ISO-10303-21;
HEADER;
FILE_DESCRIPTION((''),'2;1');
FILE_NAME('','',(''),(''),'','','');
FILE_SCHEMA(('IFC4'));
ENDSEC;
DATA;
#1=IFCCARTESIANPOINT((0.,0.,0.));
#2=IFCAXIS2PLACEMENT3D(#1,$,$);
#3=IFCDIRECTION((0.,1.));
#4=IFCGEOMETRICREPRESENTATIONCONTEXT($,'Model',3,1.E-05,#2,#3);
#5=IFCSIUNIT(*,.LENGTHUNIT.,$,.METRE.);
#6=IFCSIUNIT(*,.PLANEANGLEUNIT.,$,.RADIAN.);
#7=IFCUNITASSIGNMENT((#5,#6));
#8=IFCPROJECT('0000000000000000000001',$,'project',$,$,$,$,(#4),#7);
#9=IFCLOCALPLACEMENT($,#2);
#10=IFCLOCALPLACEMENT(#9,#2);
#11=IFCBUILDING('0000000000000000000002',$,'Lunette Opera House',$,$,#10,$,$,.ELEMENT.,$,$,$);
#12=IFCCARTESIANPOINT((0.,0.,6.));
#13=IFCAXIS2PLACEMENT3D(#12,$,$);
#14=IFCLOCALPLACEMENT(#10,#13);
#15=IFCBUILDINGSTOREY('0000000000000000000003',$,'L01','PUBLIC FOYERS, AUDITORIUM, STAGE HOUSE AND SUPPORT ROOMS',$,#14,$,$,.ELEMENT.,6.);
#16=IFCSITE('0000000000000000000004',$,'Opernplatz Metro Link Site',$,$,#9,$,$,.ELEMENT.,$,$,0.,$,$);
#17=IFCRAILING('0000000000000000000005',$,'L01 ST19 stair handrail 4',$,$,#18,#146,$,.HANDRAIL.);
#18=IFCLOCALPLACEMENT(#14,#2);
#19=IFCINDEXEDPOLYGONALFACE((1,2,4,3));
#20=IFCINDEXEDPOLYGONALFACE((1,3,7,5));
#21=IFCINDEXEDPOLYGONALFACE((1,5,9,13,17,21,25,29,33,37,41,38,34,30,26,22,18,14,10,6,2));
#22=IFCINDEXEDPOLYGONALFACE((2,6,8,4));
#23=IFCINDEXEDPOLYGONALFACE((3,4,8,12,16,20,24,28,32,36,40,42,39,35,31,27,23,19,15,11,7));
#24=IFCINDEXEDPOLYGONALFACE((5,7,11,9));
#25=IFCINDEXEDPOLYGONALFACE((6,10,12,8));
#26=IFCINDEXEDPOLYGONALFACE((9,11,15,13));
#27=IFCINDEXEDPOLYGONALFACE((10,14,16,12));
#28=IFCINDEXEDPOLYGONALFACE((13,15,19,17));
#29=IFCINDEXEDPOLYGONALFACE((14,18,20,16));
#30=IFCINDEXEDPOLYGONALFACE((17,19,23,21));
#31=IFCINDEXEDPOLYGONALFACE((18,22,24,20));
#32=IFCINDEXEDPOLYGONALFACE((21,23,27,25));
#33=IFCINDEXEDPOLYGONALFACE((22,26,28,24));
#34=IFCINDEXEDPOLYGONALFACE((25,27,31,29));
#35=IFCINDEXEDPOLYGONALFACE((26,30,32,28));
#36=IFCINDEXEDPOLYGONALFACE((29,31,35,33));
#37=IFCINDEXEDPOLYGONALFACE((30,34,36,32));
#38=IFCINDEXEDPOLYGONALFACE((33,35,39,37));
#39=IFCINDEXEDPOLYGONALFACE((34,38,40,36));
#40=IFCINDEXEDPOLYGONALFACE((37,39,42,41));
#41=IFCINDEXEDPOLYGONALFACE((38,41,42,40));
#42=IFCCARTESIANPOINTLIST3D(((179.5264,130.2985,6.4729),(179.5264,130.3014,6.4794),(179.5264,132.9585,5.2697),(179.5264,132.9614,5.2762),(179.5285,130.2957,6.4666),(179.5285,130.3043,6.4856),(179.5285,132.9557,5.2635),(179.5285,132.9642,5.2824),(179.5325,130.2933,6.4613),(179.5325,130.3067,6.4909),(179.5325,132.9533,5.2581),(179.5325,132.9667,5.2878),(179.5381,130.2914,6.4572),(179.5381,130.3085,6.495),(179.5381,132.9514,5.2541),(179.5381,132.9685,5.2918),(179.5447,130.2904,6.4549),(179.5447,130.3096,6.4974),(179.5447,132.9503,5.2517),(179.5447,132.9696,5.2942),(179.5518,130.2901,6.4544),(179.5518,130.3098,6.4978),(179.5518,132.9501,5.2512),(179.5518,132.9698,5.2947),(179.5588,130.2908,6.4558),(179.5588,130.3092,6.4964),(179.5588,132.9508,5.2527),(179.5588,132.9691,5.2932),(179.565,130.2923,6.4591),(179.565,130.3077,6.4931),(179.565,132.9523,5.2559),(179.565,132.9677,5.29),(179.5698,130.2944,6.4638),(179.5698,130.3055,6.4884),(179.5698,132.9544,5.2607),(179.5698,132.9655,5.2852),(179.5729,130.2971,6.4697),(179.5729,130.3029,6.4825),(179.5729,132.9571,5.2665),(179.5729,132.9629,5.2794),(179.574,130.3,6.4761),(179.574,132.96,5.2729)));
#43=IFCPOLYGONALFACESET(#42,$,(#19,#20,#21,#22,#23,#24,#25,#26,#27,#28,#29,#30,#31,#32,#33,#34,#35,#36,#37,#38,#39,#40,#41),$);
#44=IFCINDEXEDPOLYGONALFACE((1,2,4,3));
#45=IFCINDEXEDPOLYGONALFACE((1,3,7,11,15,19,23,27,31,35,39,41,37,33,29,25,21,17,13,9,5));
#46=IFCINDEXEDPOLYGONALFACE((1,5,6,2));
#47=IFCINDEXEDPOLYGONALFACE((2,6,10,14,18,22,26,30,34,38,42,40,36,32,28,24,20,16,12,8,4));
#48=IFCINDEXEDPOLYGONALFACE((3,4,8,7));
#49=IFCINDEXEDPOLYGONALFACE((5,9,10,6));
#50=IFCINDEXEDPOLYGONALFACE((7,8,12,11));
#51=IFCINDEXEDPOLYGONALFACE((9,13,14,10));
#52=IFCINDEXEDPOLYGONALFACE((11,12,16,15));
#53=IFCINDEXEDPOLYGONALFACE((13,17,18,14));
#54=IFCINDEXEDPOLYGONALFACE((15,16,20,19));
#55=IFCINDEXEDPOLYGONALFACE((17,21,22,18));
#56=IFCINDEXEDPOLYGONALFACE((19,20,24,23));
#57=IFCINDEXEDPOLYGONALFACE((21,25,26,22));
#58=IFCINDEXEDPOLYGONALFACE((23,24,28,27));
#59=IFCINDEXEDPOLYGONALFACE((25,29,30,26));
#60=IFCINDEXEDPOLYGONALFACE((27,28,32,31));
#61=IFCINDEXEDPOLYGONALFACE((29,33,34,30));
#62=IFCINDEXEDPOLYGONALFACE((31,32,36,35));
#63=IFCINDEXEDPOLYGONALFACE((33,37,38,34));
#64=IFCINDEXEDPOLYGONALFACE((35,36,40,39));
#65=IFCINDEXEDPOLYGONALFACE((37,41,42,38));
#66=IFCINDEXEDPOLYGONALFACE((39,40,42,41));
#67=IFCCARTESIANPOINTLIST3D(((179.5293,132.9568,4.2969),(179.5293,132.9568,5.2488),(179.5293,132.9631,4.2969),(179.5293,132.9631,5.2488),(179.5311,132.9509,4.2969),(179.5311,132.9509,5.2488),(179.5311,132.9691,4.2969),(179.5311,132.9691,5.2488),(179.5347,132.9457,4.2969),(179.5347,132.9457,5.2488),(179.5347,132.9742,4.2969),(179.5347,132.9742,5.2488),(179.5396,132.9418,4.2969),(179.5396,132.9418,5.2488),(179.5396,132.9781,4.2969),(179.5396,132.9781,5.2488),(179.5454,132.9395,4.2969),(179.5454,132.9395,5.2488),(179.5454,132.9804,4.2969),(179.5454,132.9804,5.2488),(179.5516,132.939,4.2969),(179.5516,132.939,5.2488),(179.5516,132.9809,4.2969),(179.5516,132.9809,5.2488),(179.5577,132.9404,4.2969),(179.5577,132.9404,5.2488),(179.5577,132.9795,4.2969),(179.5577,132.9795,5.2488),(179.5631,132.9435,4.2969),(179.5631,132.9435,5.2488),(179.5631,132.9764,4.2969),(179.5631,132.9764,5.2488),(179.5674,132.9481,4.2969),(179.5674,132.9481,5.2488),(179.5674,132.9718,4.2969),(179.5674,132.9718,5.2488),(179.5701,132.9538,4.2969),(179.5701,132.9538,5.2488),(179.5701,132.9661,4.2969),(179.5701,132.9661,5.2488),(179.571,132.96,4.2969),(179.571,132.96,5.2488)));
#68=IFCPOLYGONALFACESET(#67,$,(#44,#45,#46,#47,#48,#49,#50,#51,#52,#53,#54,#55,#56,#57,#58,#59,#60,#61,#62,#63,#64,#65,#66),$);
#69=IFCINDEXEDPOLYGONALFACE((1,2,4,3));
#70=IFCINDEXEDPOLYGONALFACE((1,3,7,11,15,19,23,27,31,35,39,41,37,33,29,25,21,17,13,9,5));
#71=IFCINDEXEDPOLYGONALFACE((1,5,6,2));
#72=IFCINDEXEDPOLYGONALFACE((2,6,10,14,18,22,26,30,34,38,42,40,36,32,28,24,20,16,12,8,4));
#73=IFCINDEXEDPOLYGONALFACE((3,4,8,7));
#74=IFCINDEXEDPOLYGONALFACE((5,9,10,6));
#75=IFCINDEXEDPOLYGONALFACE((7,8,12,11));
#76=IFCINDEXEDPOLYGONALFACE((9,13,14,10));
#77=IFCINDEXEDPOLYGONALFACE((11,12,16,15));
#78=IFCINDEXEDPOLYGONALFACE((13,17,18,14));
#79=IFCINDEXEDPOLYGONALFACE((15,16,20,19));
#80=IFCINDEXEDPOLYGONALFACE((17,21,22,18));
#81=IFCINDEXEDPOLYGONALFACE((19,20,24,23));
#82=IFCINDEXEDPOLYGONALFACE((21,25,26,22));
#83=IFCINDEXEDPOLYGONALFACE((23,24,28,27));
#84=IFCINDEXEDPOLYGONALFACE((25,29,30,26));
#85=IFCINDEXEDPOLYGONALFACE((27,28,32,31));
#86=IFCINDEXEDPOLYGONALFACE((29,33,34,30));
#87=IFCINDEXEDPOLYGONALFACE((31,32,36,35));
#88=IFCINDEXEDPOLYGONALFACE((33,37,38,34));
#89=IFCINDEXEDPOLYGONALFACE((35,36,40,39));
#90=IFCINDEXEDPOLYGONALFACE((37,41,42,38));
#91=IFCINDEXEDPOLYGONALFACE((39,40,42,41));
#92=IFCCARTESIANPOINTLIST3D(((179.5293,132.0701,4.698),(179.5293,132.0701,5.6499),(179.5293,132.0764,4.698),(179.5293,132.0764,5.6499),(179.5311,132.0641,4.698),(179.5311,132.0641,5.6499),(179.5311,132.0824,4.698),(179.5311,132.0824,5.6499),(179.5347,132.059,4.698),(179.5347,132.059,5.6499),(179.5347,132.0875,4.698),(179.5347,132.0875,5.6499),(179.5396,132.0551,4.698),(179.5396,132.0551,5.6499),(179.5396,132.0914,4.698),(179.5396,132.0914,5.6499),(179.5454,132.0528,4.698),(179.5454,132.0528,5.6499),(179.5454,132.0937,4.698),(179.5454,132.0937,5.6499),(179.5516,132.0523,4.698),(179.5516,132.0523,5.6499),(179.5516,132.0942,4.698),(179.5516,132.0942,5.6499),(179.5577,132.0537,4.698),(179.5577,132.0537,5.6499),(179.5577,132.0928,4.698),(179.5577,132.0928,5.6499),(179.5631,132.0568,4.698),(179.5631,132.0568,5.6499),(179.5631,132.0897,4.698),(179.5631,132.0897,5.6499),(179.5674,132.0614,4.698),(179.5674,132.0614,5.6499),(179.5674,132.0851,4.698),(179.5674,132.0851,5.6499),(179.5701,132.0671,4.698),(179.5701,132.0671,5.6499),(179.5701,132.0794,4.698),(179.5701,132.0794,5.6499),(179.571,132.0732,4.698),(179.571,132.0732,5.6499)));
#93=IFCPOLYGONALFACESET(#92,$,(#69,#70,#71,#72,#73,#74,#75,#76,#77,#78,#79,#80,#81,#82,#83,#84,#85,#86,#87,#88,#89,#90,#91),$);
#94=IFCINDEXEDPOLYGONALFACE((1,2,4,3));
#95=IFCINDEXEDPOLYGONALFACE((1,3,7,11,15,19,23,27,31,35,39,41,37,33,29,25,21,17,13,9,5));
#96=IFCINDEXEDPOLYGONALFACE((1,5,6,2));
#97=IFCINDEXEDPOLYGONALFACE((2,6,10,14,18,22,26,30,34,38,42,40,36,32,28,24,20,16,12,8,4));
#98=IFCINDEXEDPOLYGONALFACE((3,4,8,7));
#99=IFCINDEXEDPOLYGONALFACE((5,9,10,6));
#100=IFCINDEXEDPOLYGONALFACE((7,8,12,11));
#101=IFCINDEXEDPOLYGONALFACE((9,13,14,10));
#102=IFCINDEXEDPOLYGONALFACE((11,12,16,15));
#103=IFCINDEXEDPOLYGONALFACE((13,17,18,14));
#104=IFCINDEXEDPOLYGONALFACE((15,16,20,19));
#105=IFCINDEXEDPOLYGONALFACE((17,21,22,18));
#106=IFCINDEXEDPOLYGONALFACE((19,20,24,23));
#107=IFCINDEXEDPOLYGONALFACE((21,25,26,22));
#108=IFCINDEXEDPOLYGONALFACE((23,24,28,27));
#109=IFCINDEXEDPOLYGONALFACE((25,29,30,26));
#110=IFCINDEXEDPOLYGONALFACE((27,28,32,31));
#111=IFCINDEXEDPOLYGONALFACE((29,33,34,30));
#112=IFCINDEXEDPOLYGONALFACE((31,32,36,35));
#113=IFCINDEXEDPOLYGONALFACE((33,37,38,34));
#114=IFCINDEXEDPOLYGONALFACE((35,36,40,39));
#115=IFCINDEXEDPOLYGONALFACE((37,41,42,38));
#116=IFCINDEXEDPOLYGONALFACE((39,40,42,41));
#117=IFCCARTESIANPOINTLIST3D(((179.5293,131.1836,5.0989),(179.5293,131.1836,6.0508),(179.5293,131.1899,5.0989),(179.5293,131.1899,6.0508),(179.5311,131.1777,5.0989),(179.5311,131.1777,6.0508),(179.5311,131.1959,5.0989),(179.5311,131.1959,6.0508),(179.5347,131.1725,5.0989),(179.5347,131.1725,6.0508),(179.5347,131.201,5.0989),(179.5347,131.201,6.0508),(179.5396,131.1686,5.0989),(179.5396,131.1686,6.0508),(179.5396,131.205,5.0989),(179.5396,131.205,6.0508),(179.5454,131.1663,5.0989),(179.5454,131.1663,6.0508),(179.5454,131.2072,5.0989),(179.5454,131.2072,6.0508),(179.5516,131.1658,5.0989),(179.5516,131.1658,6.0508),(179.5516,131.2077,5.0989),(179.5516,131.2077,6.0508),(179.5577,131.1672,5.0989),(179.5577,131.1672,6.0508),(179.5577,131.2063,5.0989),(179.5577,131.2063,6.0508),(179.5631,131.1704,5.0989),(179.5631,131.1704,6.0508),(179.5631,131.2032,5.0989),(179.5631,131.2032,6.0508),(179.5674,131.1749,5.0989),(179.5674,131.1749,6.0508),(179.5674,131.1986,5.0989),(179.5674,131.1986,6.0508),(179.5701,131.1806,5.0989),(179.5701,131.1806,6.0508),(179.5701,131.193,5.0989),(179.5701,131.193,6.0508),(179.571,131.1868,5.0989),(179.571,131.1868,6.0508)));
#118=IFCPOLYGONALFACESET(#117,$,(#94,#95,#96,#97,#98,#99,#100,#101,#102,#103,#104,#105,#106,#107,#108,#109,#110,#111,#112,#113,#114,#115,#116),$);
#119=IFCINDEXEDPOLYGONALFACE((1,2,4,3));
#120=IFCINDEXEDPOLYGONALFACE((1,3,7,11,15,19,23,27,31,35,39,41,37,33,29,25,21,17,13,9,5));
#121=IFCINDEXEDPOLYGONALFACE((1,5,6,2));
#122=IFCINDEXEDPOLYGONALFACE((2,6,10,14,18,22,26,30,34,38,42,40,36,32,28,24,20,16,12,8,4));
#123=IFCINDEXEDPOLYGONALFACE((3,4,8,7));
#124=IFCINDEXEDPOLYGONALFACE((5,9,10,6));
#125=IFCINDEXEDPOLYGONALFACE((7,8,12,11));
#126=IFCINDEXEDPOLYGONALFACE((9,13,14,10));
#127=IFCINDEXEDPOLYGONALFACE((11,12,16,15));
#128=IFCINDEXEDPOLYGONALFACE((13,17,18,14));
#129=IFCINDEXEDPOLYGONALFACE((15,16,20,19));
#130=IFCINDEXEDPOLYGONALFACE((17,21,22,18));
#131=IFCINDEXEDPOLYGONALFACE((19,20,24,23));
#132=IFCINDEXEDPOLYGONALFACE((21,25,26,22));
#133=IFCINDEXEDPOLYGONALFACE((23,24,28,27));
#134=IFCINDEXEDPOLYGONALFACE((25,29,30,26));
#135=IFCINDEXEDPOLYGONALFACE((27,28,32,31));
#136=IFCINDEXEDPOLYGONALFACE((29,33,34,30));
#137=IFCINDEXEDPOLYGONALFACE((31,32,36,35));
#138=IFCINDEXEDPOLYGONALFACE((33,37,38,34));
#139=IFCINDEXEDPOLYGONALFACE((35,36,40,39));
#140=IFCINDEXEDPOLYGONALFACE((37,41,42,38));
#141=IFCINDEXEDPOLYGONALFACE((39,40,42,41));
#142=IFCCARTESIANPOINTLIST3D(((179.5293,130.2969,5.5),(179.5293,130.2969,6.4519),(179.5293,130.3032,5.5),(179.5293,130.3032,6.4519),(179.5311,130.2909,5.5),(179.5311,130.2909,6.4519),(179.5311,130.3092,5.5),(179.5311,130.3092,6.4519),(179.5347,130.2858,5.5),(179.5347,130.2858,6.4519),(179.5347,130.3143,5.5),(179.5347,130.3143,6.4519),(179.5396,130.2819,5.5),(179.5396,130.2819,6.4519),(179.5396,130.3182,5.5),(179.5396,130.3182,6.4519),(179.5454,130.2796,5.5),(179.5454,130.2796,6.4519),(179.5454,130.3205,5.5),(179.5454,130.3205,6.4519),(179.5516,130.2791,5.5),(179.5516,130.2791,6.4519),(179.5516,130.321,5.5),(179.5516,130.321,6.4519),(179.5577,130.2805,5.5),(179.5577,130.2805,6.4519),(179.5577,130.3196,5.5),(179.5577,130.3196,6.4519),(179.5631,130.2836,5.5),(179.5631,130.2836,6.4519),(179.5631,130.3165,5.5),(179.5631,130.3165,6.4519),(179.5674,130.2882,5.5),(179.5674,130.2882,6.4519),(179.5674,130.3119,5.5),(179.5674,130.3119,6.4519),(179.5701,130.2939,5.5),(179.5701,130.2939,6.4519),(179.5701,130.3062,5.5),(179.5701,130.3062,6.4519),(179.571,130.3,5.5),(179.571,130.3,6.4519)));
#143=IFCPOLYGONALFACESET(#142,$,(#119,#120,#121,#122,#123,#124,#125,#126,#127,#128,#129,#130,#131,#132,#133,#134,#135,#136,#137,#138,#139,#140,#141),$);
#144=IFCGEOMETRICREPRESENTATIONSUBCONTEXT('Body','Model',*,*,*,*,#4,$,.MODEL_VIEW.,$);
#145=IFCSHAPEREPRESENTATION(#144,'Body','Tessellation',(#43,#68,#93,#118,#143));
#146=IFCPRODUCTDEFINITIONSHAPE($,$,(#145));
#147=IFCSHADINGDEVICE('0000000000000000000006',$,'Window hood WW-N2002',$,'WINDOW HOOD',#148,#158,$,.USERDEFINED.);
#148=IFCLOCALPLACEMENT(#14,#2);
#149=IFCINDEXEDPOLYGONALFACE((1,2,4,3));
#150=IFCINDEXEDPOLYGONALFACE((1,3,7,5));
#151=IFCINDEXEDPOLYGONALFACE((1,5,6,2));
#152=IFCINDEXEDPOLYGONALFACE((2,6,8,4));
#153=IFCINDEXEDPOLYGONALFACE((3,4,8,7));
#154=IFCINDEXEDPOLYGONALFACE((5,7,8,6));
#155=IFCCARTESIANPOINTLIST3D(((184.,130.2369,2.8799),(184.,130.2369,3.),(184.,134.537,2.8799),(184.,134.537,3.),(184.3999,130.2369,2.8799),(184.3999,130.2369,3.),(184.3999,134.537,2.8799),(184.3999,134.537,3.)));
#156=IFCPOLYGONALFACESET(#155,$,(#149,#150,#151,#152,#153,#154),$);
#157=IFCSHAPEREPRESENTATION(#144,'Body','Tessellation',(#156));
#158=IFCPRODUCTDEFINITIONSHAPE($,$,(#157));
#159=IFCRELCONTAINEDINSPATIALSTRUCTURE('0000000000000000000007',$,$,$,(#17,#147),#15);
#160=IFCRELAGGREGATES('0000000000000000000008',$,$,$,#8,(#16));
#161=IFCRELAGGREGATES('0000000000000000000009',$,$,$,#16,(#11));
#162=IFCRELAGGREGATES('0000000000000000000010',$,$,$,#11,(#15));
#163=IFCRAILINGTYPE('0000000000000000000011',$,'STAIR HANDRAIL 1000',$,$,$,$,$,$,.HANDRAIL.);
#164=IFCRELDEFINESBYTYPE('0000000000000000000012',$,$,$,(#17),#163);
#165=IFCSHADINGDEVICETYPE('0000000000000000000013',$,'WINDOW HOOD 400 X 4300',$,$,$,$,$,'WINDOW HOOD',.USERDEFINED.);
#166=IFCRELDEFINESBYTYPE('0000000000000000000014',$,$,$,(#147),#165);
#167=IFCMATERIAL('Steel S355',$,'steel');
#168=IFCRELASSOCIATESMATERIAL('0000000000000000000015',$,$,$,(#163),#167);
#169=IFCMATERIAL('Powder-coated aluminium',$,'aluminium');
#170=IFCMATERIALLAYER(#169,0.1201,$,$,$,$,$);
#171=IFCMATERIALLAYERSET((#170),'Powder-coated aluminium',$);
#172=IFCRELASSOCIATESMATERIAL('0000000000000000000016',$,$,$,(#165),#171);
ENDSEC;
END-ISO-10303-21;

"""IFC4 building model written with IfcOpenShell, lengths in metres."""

from ifc_helpers import new_model, si_unit, direction, frame, origin, origin_2d, place, context, subcontext, project, spatial, rectangle, circle, extrude, material, layer, layer_set, type_object, element, save


model = new_model("IFC4")

# Units and contexts
model_context = context("Model", 3, precision=1e-05, world=origin(), true_north=direction((0.0, 1.0)))
body_context = subcontext(model_context, "Body", "Model", "MODEL_VIEW")
ifc_project = project(units=[si_unit("LENGTHUNIT", "METRE"), si_unit("PLANEANGLEUNIT", "RADIAN")], contexts=[model_context])

# Site, building, storey
site_placement = place(None, origin())
site = spatial("IfcSite", under=ifc_project, at=site_placement, Name="Opernplatz Metro Link Site", CompositionType="ELEMENT", RefElevation=0.0)
building_placement = place(site_placement, origin())
building = spatial("IfcBuilding", under=site, at=building_placement, Name="Lunette Opera House", CompositionType="ELEMENT")
storey_placement = place(building_placement, frame((0.0, 0.0, 6.0)))
storey = spatial("IfcBuildingStorey", under=building, at=storey_placement, Name="L01", Description="PUBLIC FOYERS, AUDITORIUM, STAGE HOUSE AND SUPPORT ROOMS", CompositionType="ELEMENT", Elevation=6.0)

# Railing
ifc_material_1 = material(Name="Steel S355", Category="steel")
railing_type_1 = type_object("IfcRailingType", Name="STAIR HANDRAIL 1000", PredefinedType="HANDRAIL", material=ifc_material_1)
railing_1_placement = place(storey_placement, frame((179.55, 132.96, 4.2969)))
element("IfcRailing", 1, at=railing_1_placement, inside=storey, type_object=railing_type_1, Name="L01 ST19 stair handrail 4", PredefinedType="HANDRAIL", context=body_context, shape_type="SweptSolid", body=[
    extrude(circle(Radius=0.0239, at=origin_2d()), frame((0.0, 0.0, 0.9761), z_axis=(0.0, -0.91113, 0.41212), x_axis=(1.0, 0.0, 0.0)), (0.0, 0.0, 1.0), 2.9194),
    extrude(circle(Radius=0.021, at=origin_2d()), origin(), (0.0, 0.0, 1.0), 0.9519),
    extrude(circle(Radius=0.021, at=origin_2d()), frame((0.0, -0.8867, 0.4011)), (0.0, 0.0, 1.0), 0.9519),
    extrude(circle(Radius=0.021, at=origin_2d()), frame((0.0, -1.7732, 0.802)), (0.0, 0.0, 1.0), 0.9519),
    extrude(circle(Radius=0.021, at=origin_2d()), frame((0.0, -2.6599, 1.2031)), (0.0, 0.0, 1.0), 0.9519),
])

# Shading device
ifc_material_2 = material(Name="Powder-coated aluminium", Category="aluminium")
ifc_layer_1 = layer(ifc_material_2, 0.1201)
ifc_layer_set_1 = layer_set([ifc_layer_1], Name="Powder-coated aluminium")
shading_device_type = type_object("IfcShadingDeviceType", Name="WINDOW HOOD 400 X 4300", ElementType="WINDOW HOOD", PredefinedType="USERDEFINED", material=ifc_layer_set_1)
shading_device_placement = place(storey_placement, frame((184.2, 132.387, 2.8799), z_axis=(0.0, 0.0, 1.0), x_axis=(1.0, 0.0, 0.0)))
element("IfcShadingDevice", 2, at=shading_device_placement, inside=storey, type_object=shading_device_type, Name="Window hood WW-N2002", ObjectType="WINDOW HOOD", PredefinedType="USERDEFINED", context=body_context, shape_type="SweptSolid", body=[
    extrude(rectangle(XDim=0.3999, YDim=4.3, at=origin_2d()), origin(), (0.0, 0.0, 1.0), 0.1201),
])

save(model, "model.ifc")
